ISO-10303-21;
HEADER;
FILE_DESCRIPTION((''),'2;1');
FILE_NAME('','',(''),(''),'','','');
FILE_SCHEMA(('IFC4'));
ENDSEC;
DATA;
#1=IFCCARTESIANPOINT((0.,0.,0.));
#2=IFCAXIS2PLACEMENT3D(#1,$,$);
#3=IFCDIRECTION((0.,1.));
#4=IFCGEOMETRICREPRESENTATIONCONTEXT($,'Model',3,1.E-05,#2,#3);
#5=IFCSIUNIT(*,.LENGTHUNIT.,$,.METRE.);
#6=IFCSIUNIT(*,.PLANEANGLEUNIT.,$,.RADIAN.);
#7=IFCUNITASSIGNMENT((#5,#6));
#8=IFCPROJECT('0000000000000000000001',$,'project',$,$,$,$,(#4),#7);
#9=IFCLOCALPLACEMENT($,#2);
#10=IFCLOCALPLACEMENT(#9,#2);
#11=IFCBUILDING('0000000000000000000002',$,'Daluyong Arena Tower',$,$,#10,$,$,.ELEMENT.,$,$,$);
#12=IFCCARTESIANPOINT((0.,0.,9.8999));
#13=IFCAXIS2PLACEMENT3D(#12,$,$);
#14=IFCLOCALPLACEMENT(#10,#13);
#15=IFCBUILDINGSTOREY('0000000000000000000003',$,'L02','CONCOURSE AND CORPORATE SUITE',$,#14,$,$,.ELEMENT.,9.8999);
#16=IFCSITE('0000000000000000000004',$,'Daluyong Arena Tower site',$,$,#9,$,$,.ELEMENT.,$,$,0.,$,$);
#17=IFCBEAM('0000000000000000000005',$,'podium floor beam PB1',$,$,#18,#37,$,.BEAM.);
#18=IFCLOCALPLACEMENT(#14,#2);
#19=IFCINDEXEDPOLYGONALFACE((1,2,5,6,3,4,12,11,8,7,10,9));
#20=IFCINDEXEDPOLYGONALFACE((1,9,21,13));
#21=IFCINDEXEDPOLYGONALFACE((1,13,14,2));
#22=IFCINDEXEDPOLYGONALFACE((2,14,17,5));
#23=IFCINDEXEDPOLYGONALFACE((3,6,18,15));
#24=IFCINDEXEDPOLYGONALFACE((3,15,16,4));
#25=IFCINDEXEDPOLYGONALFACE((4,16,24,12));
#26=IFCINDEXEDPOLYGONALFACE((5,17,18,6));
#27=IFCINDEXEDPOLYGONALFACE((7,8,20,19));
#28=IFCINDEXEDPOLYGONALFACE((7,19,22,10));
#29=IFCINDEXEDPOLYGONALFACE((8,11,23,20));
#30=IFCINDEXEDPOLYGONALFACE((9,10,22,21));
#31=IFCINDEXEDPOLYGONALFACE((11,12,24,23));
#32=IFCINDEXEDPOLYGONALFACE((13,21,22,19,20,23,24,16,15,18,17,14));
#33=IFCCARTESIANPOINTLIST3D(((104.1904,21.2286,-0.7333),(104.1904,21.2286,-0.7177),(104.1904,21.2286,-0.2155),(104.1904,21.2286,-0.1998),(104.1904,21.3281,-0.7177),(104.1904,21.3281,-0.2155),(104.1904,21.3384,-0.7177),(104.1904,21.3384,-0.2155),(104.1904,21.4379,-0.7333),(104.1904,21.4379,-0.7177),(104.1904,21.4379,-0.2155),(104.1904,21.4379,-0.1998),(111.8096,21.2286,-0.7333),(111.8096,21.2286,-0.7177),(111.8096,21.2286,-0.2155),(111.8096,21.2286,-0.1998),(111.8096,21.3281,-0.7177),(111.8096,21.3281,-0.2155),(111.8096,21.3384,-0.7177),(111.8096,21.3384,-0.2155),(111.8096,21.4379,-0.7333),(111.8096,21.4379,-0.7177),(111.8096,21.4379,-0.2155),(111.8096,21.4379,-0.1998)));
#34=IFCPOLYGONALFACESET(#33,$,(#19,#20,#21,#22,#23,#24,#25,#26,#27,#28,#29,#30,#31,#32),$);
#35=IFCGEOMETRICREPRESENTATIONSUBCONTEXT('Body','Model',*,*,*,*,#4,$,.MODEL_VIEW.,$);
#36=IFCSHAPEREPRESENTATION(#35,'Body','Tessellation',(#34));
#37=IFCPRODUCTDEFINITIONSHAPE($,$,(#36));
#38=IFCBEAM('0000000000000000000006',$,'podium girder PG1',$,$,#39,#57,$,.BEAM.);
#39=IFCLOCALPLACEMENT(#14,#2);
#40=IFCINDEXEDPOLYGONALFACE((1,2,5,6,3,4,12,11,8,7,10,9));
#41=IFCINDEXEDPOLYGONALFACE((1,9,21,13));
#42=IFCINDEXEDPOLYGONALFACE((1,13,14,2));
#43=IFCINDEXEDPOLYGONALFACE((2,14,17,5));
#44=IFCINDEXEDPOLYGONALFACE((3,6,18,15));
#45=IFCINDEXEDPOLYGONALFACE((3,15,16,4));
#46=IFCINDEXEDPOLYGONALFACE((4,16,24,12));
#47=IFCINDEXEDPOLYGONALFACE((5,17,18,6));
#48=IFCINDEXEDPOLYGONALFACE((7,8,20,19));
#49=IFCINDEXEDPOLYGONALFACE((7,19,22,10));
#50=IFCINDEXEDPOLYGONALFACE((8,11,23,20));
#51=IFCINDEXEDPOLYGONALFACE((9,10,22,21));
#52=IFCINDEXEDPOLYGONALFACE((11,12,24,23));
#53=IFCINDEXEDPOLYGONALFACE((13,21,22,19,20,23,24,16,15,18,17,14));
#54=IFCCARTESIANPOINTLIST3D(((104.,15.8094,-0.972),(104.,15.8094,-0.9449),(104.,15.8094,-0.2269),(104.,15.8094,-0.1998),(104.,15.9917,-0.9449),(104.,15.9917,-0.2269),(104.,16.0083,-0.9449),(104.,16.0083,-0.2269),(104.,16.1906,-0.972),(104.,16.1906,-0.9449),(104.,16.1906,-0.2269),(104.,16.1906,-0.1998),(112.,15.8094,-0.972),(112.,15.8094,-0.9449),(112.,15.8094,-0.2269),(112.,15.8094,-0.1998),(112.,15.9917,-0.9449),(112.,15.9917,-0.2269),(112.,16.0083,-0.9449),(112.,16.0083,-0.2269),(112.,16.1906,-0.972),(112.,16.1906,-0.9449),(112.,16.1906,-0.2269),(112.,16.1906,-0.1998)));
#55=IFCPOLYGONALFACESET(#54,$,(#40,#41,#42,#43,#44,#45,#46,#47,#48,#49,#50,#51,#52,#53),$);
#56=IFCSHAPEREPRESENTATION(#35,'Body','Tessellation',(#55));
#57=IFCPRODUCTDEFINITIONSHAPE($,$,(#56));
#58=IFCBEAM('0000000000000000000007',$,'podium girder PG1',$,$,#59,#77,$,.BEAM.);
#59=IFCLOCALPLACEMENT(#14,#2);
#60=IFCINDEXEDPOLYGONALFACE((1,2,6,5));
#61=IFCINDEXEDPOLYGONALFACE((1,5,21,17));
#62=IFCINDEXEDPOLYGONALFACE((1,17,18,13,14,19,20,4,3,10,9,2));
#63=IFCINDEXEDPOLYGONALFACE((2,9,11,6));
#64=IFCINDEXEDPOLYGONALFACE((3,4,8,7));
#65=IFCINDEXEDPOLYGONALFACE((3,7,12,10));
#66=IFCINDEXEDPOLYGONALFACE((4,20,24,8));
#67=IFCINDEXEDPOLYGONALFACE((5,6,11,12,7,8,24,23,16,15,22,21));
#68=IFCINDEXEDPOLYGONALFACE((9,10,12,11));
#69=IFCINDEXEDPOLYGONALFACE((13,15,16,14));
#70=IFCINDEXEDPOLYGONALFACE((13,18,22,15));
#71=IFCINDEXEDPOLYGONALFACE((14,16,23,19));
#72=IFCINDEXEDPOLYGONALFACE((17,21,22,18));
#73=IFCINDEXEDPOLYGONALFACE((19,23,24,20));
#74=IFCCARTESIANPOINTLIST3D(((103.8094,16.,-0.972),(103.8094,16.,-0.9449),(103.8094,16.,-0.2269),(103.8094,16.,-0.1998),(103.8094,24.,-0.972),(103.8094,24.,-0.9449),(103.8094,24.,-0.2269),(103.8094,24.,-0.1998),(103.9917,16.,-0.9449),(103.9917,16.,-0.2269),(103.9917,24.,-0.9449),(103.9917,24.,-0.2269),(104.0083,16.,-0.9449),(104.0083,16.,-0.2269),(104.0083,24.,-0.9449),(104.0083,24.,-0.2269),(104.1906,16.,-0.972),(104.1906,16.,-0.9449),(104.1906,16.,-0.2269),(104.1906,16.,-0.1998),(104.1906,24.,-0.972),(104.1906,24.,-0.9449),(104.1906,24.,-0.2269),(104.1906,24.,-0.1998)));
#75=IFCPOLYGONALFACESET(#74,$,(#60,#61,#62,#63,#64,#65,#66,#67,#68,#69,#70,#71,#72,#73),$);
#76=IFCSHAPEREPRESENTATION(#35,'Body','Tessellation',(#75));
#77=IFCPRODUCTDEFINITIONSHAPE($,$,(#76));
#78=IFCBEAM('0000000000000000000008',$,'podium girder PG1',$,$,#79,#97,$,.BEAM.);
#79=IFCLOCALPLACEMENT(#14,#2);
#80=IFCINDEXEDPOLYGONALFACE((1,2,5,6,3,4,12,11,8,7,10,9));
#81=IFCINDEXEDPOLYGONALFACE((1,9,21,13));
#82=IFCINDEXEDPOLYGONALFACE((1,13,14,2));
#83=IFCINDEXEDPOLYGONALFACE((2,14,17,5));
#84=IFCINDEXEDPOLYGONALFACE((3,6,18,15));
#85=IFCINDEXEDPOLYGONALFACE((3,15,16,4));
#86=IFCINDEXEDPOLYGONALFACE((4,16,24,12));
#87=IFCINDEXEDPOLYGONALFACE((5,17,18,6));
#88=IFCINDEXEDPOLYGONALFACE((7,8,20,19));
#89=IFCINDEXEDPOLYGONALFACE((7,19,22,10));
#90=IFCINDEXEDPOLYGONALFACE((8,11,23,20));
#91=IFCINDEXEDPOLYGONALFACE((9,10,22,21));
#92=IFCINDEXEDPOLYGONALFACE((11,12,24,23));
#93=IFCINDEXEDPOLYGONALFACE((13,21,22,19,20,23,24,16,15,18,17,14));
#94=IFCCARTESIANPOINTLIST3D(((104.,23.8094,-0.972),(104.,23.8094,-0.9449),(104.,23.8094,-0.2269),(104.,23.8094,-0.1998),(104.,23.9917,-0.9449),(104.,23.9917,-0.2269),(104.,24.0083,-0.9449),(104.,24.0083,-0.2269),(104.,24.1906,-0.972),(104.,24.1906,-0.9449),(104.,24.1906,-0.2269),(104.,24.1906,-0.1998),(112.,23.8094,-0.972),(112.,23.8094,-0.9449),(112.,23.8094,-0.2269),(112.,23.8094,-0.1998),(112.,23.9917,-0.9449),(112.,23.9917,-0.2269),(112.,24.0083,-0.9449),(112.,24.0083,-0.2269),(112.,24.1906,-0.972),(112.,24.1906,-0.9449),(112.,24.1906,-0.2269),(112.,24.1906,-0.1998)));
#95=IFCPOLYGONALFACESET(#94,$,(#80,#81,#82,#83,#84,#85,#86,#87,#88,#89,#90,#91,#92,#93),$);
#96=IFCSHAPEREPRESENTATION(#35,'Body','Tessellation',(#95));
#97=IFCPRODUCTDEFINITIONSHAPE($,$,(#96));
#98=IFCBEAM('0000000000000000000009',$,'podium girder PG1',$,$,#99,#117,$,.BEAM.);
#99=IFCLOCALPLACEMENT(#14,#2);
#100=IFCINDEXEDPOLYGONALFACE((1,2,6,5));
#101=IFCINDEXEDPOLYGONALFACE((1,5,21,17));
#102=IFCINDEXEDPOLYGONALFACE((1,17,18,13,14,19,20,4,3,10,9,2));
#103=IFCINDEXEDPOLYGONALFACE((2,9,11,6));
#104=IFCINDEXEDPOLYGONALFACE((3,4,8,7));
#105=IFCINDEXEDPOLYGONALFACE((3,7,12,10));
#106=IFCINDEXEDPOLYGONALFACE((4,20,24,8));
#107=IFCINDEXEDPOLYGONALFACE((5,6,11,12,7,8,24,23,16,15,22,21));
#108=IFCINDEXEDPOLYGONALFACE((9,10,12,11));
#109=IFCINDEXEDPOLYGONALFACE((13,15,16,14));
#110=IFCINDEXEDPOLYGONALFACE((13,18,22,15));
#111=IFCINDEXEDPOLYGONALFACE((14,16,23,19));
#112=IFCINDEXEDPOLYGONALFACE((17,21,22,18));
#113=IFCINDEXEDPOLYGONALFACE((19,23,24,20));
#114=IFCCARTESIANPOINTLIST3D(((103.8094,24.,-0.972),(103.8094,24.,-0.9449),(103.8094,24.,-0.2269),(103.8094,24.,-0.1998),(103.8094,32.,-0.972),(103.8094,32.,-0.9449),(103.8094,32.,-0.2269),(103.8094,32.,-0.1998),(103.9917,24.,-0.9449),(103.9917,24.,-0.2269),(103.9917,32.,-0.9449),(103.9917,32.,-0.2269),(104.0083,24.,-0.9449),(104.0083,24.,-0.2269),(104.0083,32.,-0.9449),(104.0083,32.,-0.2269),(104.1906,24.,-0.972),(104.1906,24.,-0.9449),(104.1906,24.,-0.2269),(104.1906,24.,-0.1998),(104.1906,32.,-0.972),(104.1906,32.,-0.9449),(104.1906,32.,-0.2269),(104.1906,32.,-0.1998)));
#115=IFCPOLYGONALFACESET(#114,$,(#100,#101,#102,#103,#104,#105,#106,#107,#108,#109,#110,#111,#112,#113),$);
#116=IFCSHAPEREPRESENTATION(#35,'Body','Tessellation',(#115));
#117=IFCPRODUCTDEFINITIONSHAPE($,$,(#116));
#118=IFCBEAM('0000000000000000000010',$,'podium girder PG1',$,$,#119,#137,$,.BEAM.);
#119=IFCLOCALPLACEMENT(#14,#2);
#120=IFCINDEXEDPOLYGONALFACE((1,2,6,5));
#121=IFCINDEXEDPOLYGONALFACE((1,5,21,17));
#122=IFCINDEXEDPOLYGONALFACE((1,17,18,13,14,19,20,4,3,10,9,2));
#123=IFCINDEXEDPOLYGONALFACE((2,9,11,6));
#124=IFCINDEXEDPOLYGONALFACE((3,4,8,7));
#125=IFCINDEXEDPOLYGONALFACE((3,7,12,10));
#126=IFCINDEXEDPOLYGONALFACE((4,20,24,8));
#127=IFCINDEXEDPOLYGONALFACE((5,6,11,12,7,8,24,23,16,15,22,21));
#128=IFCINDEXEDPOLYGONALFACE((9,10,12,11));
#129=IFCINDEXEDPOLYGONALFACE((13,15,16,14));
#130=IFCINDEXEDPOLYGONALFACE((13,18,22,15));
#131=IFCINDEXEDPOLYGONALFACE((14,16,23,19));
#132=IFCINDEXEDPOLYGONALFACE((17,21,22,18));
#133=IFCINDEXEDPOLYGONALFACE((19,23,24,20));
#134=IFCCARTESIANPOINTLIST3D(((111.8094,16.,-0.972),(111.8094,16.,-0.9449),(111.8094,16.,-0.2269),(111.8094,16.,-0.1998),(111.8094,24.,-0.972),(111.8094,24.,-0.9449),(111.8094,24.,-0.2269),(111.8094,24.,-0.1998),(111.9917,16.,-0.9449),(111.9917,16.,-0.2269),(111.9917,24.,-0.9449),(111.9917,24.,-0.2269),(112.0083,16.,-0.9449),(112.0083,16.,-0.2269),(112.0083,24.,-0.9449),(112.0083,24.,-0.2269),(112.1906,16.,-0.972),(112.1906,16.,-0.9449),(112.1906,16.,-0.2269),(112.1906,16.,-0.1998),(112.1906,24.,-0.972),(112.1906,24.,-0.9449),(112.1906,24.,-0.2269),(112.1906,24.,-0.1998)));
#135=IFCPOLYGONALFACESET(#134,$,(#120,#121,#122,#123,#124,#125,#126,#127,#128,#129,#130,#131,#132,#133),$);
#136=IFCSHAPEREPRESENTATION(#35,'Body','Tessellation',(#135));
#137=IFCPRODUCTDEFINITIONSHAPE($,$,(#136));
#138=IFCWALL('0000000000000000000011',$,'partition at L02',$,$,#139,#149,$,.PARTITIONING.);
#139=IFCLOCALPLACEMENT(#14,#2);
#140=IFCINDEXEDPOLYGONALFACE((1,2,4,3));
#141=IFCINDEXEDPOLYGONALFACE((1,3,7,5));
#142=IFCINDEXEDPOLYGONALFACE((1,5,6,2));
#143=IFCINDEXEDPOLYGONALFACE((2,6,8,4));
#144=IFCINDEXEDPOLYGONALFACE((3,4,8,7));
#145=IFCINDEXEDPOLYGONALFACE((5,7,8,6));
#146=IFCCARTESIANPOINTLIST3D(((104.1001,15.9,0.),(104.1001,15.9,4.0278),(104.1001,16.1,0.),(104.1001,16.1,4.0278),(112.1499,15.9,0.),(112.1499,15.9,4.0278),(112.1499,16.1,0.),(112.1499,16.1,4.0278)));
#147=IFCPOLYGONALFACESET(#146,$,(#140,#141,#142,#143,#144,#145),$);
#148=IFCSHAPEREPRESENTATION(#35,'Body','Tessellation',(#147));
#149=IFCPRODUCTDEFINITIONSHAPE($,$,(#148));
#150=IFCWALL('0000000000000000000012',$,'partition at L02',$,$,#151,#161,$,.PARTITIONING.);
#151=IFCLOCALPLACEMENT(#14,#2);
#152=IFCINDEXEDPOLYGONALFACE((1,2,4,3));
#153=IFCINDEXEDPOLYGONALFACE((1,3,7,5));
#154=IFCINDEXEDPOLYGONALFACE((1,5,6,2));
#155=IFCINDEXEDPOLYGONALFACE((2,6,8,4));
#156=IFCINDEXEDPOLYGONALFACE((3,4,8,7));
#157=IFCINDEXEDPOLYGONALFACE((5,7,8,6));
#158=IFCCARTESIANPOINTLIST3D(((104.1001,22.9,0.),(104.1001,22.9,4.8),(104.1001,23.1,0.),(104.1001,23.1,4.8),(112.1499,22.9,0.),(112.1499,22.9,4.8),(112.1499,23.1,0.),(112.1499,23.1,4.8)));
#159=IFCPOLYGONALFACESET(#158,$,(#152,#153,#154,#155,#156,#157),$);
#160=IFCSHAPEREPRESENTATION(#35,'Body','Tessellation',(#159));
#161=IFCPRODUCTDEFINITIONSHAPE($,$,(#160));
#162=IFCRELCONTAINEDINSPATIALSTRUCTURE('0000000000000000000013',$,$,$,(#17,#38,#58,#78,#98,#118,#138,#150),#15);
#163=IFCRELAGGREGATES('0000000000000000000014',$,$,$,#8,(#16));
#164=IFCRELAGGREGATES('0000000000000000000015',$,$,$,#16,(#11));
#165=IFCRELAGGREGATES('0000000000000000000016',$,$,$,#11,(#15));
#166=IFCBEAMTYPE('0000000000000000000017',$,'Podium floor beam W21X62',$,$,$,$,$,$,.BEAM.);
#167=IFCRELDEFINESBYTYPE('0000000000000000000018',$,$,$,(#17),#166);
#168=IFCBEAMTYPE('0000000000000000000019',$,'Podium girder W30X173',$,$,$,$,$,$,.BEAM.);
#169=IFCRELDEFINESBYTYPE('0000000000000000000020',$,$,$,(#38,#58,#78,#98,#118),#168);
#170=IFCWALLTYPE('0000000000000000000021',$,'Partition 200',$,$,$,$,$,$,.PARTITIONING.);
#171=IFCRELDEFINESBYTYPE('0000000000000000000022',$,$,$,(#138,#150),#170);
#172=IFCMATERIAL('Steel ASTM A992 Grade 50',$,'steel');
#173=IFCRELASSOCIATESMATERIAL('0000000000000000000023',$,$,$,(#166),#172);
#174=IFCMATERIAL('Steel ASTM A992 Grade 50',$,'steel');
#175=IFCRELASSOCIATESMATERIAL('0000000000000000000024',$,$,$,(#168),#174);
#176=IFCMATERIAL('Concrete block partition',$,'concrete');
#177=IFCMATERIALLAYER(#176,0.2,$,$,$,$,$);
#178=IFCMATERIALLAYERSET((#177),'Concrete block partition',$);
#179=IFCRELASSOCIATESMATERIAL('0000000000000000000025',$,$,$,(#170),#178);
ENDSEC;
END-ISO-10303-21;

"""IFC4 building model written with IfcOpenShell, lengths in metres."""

from ifc_helpers import new_model, si_unit, direction, frame, frame_2d, origin, origin_2d, place, context, subcontext, project, spatial, rectangle, i_section, extrude, material, layer, layer_set, material_profile, profile_set, type_object, element, save


model = new_model("IFC4")

# Units and contexts
model_context = context("Model", 3, precision=1e-05, world=origin(), true_north=direction((0.0, 1.0)))
body_context = subcontext(model_context, "Body", "Model", "MODEL_VIEW")
ifc_project = project(units=[si_unit("LENGTHUNIT", "METRE"), si_unit("PLANEANGLEUNIT", "RADIAN")], contexts=[model_context])

# Site, building, storey
site_placement = place(None, origin())
site = spatial("IfcSite", under=ifc_project, at=site_placement, Name="Daluyong Arena Tower site", CompositionType="ELEMENT", RefElevation=0.0)
building_placement = place(site_placement, origin())
building = spatial("IfcBuilding", under=site, at=building_placement, Name="Daluyong Arena Tower", CompositionType="ELEMENT")
storey_placement = place(building_placement, frame((0.0, 0.0, 9.8999)))
storey = spatial("IfcBuildingStorey", under=building, at=storey_placement, Name="L02", Description="CONCOURSE AND CORPORATE SUITE", CompositionType="ELEMENT", Elevation=9.8999)

# Beams
ifc_material_1 = material(Name="Steel ASTM A992 Grade 50", Category="steel")
ifc_material_profile_1 = material_profile(ifc_material_1, i_section(OverallWidth=0.2092, OverallDepth=0.5334, WebThickness=0.0103, FlangeThickness=0.0156, at=origin_2d()))
ifc_profile_set_1 = profile_set([ifc_material_profile_1], Name="Steel ASTM A992 Grade 50")
beam_type_1 = type_object("IfcBeamType", Name="Podium floor beam W21X62", PredefinedType="BEAM", material=ifc_profile_set_1)
for number, where, z_axis, x_axis, name in (
    (1, (104.1904, 21.3333, -0.4666), (1.0, 0.0, 0.0), (0.0, 1.0, 0.0), "podium floor beam PB1"),
):
    element("IfcBeam", number, at=place(storey_placement, frame(where, z_axis=z_axis, x_axis=x_axis)), inside=storey, type_object=beam_type_1, Name=name, PredefinedType="BEAM", context=body_context, shape_type="SweptSolid", body=[
        extrude(i_section(OverallWidth=0.2092, OverallDepth=0.5334, WebThickness=0.0103, FlangeThickness=0.0156, at=origin_2d()), origin(), (0.0, 0.0, 1.0), 7.6191),
    ])
ifc_material_2 = material(Name="Steel ASTM A992 Grade 50", Category="steel")
ifc_material_profile_2 = material_profile(ifc_material_2, i_section(OverallWidth=0.3811, OverallDepth=0.7722, WebThickness=0.0166, FlangeThickness=0.0271, at=origin_2d()))
ifc_profile_set_2 = profile_set([ifc_material_profile_2], Name="Steel ASTM A992 Grade 50")
beam_type_2 = type_object("IfcBeamType", Name="Podium girder W30X173", PredefinedType="BEAM", material=ifc_profile_set_2)
for number, where, z_axis, x_axis, name in (
    (2, (104.0, 16.0, -0.5859), (1.0, 0.0, 0.0), (0.0, 1.0, 0.0), "podium girder PG1"),
    (3, (104.0, 16.0, -0.5859), (0.0, 1.0, 0.0), (-1.0, 0.0, 0.0), "podium girder PG1"),
    (4, (104.0, 24.0, -0.5859), (1.0, 0.0, 0.0), (0.0, 1.0, 0.0), "podium girder PG1"),
    (5, (104.0, 24.0, -0.5859), (0.0, 1.0, 0.0), (-1.0, 0.0, 0.0), "podium girder PG1"),
    (6, (112.0, 16.0, -0.5859), (0.0, 1.0, 0.0), (-1.0, 0.0, 0.0), "podium girder PG1"),
):
    element("IfcBeam", number, at=place(storey_placement, frame(where, z_axis=z_axis, x_axis=x_axis)), inside=storey, type_object=beam_type_2, Name=name, PredefinedType="BEAM", context=body_context, shape_type="SweptSolid", body=[
        extrude(i_section(OverallWidth=0.3811, OverallDepth=0.7722, WebThickness=0.0166, FlangeThickness=0.0271, at=origin_2d()), origin(), (0.0, 0.0, 1.0), 8.0),
    ])

# Walls
ifc_material_3 = material(Name="Concrete block partition", Category="concrete")
ifc_layer = layer(ifc_material_3, 0.2)
ifc_layer_set = layer_set([ifc_layer], Name="Concrete block partition")
wall_type = type_object("IfcWallType", Name="Partition 200", PredefinedType="PARTITIONING", material=ifc_layer_set)
wall_1_placement = place(storey_placement, frame((104.1001, 16.0, 0.0), z_axis=(0.0, 0.0, 1.0), x_axis=(1.0, 0.0, 0.0)))
element("IfcWall", 7, at=wall_1_placement, inside=storey, type_object=wall_type, Name="partition at L02", PredefinedType="PARTITIONING", context=body_context, shape_type="SweptSolid", body=[
    extrude(rectangle(XDim=8.0498, YDim=0.2, at=frame_2d((4.0249, 0.0))), origin(), (0.0, 0.0, 1.0), 4.0278),
])
wall_2_placement = place(storey_placement, frame((104.1001, 23.0, 0.0), z_axis=(0.0, 0.0, 1.0), x_axis=(1.0, 0.0, 0.0)))
element("IfcWall", 8, at=wall_2_placement, inside=storey, type_object=wall_type, Name="partition at L02", PredefinedType="PARTITIONING", context=body_context, shape_type="SweptSolid", body=[
    extrude(rectangle(XDim=8.0498, YDim=0.2, at=frame_2d((4.0249, 0.0))), origin(), (0.0, 0.0, 1.0), 4.8),
])

save(model, "model.ifc")
